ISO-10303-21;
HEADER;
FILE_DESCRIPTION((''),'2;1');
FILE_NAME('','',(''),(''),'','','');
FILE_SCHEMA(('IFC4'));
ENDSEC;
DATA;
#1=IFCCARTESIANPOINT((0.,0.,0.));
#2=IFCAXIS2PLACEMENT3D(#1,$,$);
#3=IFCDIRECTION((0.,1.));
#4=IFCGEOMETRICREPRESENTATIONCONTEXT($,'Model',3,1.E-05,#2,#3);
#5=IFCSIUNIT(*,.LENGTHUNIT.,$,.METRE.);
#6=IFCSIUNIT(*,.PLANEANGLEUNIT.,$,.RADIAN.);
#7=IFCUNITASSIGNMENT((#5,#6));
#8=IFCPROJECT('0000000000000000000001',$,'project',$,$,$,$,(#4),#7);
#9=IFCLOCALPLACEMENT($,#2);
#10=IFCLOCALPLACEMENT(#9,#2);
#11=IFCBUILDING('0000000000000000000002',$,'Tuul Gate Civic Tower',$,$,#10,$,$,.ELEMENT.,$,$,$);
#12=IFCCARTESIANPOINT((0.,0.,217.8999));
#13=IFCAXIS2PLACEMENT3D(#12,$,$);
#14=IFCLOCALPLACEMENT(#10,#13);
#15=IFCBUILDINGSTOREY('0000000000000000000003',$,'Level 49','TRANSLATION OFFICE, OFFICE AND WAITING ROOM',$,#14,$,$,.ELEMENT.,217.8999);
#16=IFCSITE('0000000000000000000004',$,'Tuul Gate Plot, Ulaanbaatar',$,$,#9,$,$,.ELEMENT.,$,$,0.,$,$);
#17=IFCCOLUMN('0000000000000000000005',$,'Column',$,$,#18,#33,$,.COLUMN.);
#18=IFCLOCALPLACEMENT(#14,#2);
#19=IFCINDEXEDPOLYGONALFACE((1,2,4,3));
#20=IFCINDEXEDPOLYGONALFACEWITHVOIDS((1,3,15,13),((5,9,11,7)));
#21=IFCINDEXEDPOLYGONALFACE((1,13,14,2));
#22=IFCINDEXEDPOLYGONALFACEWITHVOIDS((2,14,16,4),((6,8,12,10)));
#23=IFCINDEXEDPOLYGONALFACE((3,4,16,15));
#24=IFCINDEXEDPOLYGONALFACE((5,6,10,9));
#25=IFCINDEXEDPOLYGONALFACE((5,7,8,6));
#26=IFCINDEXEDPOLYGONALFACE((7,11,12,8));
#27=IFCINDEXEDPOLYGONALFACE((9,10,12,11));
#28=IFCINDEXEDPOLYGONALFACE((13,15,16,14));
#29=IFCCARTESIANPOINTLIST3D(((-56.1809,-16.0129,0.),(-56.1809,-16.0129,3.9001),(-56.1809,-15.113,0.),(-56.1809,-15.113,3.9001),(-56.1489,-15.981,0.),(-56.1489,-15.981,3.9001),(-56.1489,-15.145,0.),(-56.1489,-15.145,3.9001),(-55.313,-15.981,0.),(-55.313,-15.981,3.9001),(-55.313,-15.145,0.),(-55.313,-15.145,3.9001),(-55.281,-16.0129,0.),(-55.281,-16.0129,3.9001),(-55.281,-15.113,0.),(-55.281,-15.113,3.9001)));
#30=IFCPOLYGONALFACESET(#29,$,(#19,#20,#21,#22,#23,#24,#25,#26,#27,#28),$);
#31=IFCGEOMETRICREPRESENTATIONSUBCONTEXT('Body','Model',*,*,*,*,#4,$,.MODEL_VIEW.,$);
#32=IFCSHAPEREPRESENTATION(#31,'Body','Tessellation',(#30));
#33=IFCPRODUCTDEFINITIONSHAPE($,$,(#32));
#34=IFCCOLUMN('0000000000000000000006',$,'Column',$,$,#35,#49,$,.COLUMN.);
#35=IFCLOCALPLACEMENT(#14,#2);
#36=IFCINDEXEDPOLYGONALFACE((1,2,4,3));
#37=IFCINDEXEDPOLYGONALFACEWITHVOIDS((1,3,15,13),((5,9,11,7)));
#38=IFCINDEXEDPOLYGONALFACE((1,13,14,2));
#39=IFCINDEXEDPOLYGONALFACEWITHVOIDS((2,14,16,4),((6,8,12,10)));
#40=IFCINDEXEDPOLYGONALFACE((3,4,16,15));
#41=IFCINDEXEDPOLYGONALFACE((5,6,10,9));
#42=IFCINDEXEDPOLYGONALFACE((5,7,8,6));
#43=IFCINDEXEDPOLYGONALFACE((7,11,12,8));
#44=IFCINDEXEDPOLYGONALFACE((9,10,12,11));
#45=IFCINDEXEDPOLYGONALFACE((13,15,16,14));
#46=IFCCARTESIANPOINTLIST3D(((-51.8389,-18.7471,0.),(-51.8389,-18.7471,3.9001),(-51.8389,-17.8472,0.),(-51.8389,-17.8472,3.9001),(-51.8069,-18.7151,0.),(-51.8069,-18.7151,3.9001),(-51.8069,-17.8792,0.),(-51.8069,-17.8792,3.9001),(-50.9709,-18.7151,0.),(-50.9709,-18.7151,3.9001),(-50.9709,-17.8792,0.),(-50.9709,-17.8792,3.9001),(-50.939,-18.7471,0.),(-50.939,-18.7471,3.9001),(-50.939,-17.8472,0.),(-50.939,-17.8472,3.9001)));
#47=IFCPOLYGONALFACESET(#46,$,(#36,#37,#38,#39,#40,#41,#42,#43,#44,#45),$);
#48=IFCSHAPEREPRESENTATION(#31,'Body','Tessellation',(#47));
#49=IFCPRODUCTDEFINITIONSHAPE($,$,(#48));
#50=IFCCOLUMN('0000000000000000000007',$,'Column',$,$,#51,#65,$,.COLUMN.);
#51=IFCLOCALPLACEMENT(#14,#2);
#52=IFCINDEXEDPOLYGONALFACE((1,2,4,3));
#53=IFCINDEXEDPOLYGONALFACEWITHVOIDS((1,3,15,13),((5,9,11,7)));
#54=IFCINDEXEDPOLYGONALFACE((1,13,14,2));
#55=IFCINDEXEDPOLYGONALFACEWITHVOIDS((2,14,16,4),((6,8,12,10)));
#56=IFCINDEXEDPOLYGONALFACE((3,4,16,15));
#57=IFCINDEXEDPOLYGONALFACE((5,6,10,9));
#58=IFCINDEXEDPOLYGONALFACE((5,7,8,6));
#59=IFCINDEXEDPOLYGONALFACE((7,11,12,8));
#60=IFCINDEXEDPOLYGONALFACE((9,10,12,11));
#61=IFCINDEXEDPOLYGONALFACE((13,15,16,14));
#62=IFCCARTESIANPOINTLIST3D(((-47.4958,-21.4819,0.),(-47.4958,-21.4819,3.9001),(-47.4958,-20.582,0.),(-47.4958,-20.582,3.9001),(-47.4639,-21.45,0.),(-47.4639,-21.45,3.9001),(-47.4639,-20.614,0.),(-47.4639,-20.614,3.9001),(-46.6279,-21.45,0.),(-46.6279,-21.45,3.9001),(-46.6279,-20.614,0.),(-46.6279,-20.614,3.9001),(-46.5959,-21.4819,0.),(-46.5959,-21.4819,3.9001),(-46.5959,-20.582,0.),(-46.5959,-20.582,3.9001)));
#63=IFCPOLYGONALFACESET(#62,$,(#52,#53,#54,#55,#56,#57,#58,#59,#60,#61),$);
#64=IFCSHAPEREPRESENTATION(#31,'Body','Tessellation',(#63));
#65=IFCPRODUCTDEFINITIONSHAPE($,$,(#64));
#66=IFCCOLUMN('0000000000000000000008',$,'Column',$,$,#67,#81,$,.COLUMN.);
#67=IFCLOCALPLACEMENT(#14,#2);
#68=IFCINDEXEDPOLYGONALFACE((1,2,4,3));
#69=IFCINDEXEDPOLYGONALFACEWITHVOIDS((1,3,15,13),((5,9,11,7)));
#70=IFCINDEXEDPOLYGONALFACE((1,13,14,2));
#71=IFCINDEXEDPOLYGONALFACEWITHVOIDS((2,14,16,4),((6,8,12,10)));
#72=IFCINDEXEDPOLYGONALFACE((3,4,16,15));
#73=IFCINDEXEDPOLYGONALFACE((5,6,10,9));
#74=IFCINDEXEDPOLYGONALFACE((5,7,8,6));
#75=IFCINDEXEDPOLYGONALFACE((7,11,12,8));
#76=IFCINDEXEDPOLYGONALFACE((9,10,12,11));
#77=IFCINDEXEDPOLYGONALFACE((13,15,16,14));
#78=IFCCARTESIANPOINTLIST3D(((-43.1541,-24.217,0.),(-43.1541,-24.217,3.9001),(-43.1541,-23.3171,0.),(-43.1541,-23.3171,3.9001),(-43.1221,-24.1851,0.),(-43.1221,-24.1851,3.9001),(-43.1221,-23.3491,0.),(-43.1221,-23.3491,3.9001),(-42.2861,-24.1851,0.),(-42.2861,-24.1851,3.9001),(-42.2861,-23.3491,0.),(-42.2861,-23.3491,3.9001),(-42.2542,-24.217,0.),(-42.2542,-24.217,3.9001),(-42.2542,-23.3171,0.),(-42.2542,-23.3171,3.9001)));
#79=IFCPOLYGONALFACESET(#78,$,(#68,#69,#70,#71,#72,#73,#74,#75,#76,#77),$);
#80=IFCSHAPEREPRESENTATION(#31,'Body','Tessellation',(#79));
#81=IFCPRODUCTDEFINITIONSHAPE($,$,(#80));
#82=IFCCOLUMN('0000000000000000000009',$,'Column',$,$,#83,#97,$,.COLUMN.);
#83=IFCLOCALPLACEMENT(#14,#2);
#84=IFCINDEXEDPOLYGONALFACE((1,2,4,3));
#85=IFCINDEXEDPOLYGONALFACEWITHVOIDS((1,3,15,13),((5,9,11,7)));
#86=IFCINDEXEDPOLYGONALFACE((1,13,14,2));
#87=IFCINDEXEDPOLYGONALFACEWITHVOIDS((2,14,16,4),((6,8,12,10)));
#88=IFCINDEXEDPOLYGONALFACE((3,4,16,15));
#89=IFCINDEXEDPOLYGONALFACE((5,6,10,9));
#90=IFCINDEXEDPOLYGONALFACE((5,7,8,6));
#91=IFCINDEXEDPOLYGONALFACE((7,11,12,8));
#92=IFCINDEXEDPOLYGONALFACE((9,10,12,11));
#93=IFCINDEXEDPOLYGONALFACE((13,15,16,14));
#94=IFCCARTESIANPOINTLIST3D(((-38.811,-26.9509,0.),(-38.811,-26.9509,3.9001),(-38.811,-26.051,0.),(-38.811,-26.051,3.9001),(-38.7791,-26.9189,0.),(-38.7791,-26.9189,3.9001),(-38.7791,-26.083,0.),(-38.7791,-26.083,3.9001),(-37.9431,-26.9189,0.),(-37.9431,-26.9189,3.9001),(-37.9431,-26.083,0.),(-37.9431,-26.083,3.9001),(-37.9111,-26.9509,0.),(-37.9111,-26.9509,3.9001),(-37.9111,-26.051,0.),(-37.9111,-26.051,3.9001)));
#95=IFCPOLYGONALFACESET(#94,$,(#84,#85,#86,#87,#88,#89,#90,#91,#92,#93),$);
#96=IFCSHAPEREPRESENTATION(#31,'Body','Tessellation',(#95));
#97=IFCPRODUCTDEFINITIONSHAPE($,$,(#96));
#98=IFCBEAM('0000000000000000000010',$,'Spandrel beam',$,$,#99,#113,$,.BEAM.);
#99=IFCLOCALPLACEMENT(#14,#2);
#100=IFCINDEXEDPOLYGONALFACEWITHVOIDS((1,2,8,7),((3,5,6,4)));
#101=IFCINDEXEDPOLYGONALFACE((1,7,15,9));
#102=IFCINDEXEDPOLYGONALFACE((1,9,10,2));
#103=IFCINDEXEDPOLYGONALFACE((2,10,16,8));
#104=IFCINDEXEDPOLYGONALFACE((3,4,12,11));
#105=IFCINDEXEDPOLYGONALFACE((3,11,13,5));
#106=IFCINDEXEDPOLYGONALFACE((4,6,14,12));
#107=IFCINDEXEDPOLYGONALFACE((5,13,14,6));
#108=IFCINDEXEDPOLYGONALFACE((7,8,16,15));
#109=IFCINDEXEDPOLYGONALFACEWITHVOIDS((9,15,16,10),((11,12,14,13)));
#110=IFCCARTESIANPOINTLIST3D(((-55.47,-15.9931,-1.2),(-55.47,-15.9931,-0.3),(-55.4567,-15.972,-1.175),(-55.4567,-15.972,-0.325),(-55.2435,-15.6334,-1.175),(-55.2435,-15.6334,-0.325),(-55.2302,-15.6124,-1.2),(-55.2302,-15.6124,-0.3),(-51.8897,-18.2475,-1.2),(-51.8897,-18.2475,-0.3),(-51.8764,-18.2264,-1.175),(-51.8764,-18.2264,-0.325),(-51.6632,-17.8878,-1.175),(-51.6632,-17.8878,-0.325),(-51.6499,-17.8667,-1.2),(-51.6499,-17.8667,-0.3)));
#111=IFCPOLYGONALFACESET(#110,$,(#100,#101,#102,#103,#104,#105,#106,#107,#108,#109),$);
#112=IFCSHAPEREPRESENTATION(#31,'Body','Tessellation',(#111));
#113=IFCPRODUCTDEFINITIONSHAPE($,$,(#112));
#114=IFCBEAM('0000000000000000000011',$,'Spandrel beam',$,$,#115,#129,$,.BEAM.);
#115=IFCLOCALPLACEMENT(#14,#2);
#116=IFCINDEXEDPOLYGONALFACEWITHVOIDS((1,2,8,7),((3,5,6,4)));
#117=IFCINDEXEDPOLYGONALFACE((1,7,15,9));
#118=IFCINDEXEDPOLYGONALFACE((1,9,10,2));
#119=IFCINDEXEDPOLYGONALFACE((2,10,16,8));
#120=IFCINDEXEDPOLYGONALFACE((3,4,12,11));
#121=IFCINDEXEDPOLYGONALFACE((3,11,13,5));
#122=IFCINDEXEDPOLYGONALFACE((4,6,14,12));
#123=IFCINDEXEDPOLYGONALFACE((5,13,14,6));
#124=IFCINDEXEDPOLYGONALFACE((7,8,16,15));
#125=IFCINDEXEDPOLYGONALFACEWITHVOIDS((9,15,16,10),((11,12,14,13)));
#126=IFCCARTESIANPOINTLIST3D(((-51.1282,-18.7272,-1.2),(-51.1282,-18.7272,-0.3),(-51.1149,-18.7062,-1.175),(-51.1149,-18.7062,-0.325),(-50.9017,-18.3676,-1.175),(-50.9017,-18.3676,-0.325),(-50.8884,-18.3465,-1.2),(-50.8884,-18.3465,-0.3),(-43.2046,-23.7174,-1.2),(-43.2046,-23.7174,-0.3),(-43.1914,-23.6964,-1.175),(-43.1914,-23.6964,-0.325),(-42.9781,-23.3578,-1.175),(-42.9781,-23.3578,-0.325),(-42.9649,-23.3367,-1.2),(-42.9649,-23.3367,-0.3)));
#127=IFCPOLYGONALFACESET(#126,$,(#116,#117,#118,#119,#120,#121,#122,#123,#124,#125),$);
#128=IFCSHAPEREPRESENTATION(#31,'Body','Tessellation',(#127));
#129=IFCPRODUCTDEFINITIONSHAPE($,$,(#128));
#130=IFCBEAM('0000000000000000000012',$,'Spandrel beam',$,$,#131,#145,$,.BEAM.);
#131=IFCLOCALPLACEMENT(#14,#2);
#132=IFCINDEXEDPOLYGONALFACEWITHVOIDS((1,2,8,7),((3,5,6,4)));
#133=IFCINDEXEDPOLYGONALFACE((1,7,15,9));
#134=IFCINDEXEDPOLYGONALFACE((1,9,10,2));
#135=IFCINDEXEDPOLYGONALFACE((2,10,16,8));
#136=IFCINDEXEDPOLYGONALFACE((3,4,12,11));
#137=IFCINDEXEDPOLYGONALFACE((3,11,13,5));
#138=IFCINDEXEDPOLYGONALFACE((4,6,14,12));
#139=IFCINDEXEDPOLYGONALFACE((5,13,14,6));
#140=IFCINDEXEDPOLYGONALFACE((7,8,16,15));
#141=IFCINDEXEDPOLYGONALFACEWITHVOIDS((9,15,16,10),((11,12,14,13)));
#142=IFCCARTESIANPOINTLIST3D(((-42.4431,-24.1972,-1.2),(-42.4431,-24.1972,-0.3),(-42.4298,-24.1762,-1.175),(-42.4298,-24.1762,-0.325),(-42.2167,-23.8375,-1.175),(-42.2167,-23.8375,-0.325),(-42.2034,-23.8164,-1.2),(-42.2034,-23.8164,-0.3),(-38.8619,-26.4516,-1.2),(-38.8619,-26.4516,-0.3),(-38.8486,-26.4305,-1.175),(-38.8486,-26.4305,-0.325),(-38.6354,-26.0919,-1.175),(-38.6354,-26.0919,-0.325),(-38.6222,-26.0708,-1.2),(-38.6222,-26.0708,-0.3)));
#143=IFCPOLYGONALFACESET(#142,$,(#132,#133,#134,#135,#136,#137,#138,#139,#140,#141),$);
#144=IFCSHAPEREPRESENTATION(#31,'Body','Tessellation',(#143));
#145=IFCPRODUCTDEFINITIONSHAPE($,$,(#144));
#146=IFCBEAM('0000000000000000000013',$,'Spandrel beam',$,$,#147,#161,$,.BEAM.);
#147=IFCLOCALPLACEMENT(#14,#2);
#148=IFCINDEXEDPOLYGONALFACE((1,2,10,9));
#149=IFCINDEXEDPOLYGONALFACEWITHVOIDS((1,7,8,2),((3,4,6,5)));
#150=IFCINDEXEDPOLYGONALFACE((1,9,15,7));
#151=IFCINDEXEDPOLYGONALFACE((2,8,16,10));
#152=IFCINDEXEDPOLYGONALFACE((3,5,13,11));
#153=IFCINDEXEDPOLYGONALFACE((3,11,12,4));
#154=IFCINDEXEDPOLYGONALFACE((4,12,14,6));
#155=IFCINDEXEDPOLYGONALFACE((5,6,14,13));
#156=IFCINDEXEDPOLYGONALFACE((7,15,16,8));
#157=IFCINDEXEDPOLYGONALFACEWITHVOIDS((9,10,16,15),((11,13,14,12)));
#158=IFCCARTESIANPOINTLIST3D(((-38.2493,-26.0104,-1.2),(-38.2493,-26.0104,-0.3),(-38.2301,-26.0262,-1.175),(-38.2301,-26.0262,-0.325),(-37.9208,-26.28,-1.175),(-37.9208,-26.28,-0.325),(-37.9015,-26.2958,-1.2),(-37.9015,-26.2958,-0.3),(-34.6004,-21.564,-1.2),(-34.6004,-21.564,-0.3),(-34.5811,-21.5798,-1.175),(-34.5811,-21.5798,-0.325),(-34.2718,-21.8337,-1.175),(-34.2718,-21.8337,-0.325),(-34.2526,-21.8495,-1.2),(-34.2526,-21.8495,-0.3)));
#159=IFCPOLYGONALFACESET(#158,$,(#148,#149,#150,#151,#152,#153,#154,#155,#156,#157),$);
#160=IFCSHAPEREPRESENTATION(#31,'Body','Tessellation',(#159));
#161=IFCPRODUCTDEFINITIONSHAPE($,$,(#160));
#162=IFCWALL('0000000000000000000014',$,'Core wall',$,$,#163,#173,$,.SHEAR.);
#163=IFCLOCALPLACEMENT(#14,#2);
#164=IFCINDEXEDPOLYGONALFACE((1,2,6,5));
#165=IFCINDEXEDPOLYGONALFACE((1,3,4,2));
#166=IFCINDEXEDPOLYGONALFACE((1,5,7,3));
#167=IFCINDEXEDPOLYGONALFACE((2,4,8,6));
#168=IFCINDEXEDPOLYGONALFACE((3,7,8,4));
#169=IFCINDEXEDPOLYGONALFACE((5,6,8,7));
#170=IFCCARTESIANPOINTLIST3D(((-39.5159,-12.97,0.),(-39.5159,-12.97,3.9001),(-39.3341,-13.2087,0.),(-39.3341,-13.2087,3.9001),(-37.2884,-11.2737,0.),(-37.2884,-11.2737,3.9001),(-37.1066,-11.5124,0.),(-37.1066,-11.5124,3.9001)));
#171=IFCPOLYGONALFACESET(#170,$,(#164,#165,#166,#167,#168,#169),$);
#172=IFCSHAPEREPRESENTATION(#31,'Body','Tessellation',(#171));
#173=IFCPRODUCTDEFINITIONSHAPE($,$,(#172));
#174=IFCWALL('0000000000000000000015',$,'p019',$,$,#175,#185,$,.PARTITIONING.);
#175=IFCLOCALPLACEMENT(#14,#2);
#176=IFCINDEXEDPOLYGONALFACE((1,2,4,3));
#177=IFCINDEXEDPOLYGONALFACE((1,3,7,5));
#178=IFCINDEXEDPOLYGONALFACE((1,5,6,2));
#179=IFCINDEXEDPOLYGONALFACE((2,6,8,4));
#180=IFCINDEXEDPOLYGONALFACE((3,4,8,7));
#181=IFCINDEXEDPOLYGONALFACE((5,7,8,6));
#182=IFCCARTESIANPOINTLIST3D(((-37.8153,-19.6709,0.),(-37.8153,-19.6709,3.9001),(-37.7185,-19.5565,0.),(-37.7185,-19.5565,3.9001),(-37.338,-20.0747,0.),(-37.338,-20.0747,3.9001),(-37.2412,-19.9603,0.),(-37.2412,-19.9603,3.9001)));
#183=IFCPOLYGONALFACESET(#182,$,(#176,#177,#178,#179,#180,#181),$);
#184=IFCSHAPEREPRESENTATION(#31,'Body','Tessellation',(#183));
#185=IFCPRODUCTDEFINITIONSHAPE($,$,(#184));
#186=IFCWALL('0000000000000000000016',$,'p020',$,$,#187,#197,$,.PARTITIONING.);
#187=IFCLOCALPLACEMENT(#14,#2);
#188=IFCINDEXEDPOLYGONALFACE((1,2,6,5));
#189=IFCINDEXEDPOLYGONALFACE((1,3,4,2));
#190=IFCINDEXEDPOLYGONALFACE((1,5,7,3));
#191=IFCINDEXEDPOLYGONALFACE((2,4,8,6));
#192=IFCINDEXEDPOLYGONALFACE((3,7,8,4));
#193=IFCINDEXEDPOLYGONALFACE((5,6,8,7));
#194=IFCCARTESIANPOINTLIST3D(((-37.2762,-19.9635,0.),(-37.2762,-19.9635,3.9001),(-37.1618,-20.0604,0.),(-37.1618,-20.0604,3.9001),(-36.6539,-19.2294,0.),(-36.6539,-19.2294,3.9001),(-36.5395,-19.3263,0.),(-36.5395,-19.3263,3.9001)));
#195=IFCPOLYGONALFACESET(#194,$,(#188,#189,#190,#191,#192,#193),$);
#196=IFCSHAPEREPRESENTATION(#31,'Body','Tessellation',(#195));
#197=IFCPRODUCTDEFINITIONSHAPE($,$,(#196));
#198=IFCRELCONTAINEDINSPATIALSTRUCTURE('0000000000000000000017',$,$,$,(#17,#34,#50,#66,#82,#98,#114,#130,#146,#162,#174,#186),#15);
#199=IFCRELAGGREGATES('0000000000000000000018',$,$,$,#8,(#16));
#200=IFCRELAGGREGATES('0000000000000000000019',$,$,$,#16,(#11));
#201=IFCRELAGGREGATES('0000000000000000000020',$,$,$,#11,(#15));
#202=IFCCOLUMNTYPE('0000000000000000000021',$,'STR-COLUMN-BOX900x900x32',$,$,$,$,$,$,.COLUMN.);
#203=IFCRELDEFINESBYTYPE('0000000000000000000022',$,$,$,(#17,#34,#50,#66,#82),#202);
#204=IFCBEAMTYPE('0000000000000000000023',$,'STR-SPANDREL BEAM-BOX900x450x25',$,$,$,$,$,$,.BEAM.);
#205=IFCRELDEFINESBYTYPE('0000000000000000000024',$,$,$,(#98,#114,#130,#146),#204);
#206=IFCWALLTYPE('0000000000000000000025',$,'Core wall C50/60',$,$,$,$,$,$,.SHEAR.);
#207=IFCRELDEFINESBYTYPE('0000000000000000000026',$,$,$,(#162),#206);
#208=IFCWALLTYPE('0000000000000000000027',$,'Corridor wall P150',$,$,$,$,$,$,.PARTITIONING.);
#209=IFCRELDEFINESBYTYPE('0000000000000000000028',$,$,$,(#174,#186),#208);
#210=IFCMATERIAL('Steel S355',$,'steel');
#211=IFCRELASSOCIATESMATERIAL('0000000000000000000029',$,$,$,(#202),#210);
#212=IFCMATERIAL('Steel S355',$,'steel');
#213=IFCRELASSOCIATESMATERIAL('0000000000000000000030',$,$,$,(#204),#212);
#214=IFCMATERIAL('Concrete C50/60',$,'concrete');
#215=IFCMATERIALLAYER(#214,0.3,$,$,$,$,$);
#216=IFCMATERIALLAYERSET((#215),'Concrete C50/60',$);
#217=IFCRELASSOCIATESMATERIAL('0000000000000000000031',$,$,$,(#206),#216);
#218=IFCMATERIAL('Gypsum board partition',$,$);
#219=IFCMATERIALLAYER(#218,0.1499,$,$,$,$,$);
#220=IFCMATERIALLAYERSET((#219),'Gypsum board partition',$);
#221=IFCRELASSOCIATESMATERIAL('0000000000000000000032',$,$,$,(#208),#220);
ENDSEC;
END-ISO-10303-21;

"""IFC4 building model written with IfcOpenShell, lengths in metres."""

from ifc_helpers import new_model, si_unit, direction, frame, frame_2d, origin, origin_2d, place, context, subcontext, project, spatial, rectangle, hollow_rectangle, extrude, material, layer, layer_set, material_profile, profile_set, type_object, element, save


model = new_model("IFC4")

# Units and contexts
model_context = context("Model", 3, precision=1e-05, world=origin(), true_north=direction((0.0, 1.0)))
body_context = subcontext(model_context, "Body", "Model", "MODEL_VIEW")
ifc_project = project(units=[si_unit("LENGTHUNIT", "METRE"), si_unit("PLANEANGLEUNIT", "RADIAN")], contexts=[model_context])

# Site, building, storey
site_placement = place(None, origin())
site = spatial("IfcSite", under=ifc_project, at=site_placement, Name="Tuul Gate Plot, Ulaanbaatar", CompositionType="ELEMENT", RefElevation=0.0)
building_placement = place(site_placement, origin())
building = spatial("IfcBuilding", under=site, at=building_placement, Name="Tuul Gate Civic Tower", CompositionType="ELEMENT")
storey_placement = place(building_placement, frame((0.0, 0.0, 217.8999)))
storey = spatial("IfcBuildingStorey", under=building, at=storey_placement, Name="Level 49", Description="TRANSLATION OFFICE, OFFICE AND WAITING ROOM", CompositionType="ELEMENT", Elevation=217.8999)

# Columns
ifc_material_1 = material(Name="Steel S355", Category="steel")
ifc_material_profile_1 = material_profile(ifc_material_1, hollow_rectangle(XDim=0.8999, YDim=0.8999, WallThickness=0.032, at=origin_2d()), Name="BOX900x900x32")
ifc_profile_set_1 = profile_set([ifc_material_profile_1], Name="Steel S355")
column_type = type_object("IfcColumnType", Name="STR-COLUMN-BOX900x900x32", PredefinedType="COLUMN", material=ifc_profile_set_1)
for number, where, z_axis, x_axis, name in (
    (1, (-55.731, -15.563, 0.0), (0.0, 0.0, 1.0), (1.0, 0.0, 0.0), "Column"),
    (2, (-51.3889, -18.2971, 0.0), (0.0, 0.0, 1.0), (1.0, 0.0, 0.0), "Column"),
    (3, (-47.0459, -21.032, 0.0), (0.0, 0.0, 1.0), (1.0, 0.0, 0.0), "Column"),
    (4, (-42.7041, -23.7671, 0.0), (0.0, 0.0, 1.0), (1.0, 0.0, 0.0), "Column"),
    (5, (-38.3611, -26.501, 0.0), (0.0, 0.0, 1.0), (1.0, 0.0, 0.0), "Column"),
):
    element("IfcColumn", number, at=place(storey_placement, frame(where, z_axis=z_axis, x_axis=x_axis)), inside=storey, type_object=column_type, Name=name, PredefinedType="COLUMN", context=body_context, shape_type="SweptSolid", body=[
        extrude(hollow_rectangle(XDim=0.8999, YDim=0.8999, WallThickness=0.032, at=origin_2d()), origin(), (0.0, 0.0, 1.0), 3.9001),
    ])

# Beams
ifc_material_2 = material(Name="Steel S355", Category="steel")
ifc_material_profile_2 = material_profile(ifc_material_2, hollow_rectangle(XDim=0.45, YDim=0.8999, WallThickness=0.0249, at=origin_2d()), Name="BOX900x450x25")
ifc_profile_set_2 = profile_set([ifc_material_profile_2], Name="Steel S355")
beam_type = type_object("IfcBeamType", Name="STR-SPANDREL BEAM-BOX900x450x25", PredefinedType="BEAM", material=ifc_profile_set_2)
beam_1_placement = place(storey_placement, frame((-55.3501, -15.8027, -0.75), z_axis=(0.84622, -0.532833, 0.0), x_axis=(0.532833, 0.84622, 0.0)))
element("IfcBeam", 6, at=beam_1_placement, inside=storey, type_object=beam_type, Name="Spandrel beam", PredefinedType="BEAM", context=body_context, shape_type="SweptSolid", body=[
    extrude(hollow_rectangle(XDim=0.45, YDim=0.8999, WallThickness=0.0249, at=origin_2d()), origin(), (0.0, 0.0, 1.0), 4.231),
])
beam_2_placement = place(storey_placement, frame((-51.0083, -18.5369, -0.75), z_axis=(0.84617, -0.532914, 0.0), x_axis=(0.532914, 0.84617, 0.0)))
element("IfcBeam", 7, at=beam_2_placement, inside=storey, type_object=beam_type, Name="Spandrel beam", PredefinedType="BEAM", context=body_context, shape_type="SweptSolid", body=[
    extrude(hollow_rectangle(XDim=0.45, YDim=0.8999, WallThickness=0.0249, at=origin_2d()), origin(), (0.0, 0.0, 1.0), 9.364),
])
beam_3_placement = place(storey_placement, frame((-42.3232, -24.0068, -0.75), z_axis=(0.846286, -0.532729, 0.0), x_axis=(0.532729, 0.846286, 0.0)))
element("IfcBeam", 8, at=beam_3_placement, inside=storey, type_object=beam_type, Name="Spandrel beam", PredefinedType="BEAM", context=body_context, shape_type="SweptSolid", body=[
    extrude(hollow_rectangle(XDim=0.45, YDim=0.8999, WallThickness=0.0249, at=origin_2d()), origin(), (0.0, 0.0, 1.0), 4.2317),
])
beam_4_placement = place(storey_placement, frame((-38.0754, -26.1531, -0.75), z_axis=(0.634388, 0.773015, 0.0), x_axis=(-0.773015, 0.634388, 0.0)))
element("IfcBeam", 9, at=beam_4_placement, inside=storey, type_object=beam_type, Name="Spandrel beam", PredefinedType="BEAM", context=body_context, shape_type="SweptSolid", body=[
    extrude(hollow_rectangle(XDim=0.45, YDim=0.8999, WallThickness=0.0249, at=origin_2d()), origin(), (0.0, 0.0, 1.0), 5.752),
])

# Walls
ifc_material_3 = material(Name="Concrete C50/60", Category="concrete")
ifc_layer_1 = layer(ifc_material_3, 0.3)
ifc_layer_set_1 = layer_set([ifc_layer_1], Name="Concrete C50/60")
wall_type_1 = type_object("IfcWallType", Name="Core wall C50/60", PredefinedType="SHEAR", material=ifc_layer_set_1)
wall_1_placement = place(storey_placement, frame((-37.1975, -11.3931, 0.0), z_axis=(0.0, 0.0, 1.0), x_axis=(-0.795584, -0.605844, 0.0)))
element("IfcWall", 10, at=wall_1_placement, inside=storey, type_object=wall_type_1, Name="Core wall", PredefinedType="SHEAR", context=body_context, shape_type="SweptSolid", body=[
    extrude(rectangle(XDim=2.7998, YDim=0.3, at=frame_2d((1.3999, 0.0))), origin(), (0.0, 0.0, 1.0), 3.9001),
])
ifc_material_4 = material(Name="Gypsum board partition")
ifc_layer_2 = layer(ifc_material_4, 0.1499)
ifc_layer_set_2 = layer_set([ifc_layer_2], Name="Gypsum board partition")
wall_type_2 = type_object("IfcWallType", Name="Corridor wall P150", PredefinedType="PARTITIONING", material=ifc_layer_set_2)
wall_2_placement = place(storey_placement, frame((-37.7668, -19.6138, 0.0), z_axis=(0.0, 0.0, 1.0), x_axis=(0.763431, -0.64589, 0.0)))
element("IfcWall", 11, at=wall_2_placement, inside=storey, type_object=wall_type_2, Name="p019", PredefinedType="PARTITIONING", context=body_context, shape_type="SweptSolid", body=[
    extrude(rectangle(XDim=0.6252, YDim=0.1499, at=frame_2d((0.3125, 0.0))), origin(), (0.0, 0.0, 1.0), 3.9001),
])
wall_3_placement = place(storey_placement, frame((-37.219, -20.012, 0.0), z_axis=(0.0, 0.0, 1.0), x_axis=(0.646624, 0.762809, 0.0)))
element("IfcWall", 12, at=wall_3_placement, inside=storey, type_object=wall_type_2, Name="p020", PredefinedType="PARTITIONING", context=body_context, shape_type="SweptSolid", body=[
    extrude(rectangle(XDim=0.9624, YDim=0.1499, at=frame_2d((0.4812, 0.0))), origin(), (0.0, 0.0, 1.0), 3.9001),
])

save(model, "model.ifc")
